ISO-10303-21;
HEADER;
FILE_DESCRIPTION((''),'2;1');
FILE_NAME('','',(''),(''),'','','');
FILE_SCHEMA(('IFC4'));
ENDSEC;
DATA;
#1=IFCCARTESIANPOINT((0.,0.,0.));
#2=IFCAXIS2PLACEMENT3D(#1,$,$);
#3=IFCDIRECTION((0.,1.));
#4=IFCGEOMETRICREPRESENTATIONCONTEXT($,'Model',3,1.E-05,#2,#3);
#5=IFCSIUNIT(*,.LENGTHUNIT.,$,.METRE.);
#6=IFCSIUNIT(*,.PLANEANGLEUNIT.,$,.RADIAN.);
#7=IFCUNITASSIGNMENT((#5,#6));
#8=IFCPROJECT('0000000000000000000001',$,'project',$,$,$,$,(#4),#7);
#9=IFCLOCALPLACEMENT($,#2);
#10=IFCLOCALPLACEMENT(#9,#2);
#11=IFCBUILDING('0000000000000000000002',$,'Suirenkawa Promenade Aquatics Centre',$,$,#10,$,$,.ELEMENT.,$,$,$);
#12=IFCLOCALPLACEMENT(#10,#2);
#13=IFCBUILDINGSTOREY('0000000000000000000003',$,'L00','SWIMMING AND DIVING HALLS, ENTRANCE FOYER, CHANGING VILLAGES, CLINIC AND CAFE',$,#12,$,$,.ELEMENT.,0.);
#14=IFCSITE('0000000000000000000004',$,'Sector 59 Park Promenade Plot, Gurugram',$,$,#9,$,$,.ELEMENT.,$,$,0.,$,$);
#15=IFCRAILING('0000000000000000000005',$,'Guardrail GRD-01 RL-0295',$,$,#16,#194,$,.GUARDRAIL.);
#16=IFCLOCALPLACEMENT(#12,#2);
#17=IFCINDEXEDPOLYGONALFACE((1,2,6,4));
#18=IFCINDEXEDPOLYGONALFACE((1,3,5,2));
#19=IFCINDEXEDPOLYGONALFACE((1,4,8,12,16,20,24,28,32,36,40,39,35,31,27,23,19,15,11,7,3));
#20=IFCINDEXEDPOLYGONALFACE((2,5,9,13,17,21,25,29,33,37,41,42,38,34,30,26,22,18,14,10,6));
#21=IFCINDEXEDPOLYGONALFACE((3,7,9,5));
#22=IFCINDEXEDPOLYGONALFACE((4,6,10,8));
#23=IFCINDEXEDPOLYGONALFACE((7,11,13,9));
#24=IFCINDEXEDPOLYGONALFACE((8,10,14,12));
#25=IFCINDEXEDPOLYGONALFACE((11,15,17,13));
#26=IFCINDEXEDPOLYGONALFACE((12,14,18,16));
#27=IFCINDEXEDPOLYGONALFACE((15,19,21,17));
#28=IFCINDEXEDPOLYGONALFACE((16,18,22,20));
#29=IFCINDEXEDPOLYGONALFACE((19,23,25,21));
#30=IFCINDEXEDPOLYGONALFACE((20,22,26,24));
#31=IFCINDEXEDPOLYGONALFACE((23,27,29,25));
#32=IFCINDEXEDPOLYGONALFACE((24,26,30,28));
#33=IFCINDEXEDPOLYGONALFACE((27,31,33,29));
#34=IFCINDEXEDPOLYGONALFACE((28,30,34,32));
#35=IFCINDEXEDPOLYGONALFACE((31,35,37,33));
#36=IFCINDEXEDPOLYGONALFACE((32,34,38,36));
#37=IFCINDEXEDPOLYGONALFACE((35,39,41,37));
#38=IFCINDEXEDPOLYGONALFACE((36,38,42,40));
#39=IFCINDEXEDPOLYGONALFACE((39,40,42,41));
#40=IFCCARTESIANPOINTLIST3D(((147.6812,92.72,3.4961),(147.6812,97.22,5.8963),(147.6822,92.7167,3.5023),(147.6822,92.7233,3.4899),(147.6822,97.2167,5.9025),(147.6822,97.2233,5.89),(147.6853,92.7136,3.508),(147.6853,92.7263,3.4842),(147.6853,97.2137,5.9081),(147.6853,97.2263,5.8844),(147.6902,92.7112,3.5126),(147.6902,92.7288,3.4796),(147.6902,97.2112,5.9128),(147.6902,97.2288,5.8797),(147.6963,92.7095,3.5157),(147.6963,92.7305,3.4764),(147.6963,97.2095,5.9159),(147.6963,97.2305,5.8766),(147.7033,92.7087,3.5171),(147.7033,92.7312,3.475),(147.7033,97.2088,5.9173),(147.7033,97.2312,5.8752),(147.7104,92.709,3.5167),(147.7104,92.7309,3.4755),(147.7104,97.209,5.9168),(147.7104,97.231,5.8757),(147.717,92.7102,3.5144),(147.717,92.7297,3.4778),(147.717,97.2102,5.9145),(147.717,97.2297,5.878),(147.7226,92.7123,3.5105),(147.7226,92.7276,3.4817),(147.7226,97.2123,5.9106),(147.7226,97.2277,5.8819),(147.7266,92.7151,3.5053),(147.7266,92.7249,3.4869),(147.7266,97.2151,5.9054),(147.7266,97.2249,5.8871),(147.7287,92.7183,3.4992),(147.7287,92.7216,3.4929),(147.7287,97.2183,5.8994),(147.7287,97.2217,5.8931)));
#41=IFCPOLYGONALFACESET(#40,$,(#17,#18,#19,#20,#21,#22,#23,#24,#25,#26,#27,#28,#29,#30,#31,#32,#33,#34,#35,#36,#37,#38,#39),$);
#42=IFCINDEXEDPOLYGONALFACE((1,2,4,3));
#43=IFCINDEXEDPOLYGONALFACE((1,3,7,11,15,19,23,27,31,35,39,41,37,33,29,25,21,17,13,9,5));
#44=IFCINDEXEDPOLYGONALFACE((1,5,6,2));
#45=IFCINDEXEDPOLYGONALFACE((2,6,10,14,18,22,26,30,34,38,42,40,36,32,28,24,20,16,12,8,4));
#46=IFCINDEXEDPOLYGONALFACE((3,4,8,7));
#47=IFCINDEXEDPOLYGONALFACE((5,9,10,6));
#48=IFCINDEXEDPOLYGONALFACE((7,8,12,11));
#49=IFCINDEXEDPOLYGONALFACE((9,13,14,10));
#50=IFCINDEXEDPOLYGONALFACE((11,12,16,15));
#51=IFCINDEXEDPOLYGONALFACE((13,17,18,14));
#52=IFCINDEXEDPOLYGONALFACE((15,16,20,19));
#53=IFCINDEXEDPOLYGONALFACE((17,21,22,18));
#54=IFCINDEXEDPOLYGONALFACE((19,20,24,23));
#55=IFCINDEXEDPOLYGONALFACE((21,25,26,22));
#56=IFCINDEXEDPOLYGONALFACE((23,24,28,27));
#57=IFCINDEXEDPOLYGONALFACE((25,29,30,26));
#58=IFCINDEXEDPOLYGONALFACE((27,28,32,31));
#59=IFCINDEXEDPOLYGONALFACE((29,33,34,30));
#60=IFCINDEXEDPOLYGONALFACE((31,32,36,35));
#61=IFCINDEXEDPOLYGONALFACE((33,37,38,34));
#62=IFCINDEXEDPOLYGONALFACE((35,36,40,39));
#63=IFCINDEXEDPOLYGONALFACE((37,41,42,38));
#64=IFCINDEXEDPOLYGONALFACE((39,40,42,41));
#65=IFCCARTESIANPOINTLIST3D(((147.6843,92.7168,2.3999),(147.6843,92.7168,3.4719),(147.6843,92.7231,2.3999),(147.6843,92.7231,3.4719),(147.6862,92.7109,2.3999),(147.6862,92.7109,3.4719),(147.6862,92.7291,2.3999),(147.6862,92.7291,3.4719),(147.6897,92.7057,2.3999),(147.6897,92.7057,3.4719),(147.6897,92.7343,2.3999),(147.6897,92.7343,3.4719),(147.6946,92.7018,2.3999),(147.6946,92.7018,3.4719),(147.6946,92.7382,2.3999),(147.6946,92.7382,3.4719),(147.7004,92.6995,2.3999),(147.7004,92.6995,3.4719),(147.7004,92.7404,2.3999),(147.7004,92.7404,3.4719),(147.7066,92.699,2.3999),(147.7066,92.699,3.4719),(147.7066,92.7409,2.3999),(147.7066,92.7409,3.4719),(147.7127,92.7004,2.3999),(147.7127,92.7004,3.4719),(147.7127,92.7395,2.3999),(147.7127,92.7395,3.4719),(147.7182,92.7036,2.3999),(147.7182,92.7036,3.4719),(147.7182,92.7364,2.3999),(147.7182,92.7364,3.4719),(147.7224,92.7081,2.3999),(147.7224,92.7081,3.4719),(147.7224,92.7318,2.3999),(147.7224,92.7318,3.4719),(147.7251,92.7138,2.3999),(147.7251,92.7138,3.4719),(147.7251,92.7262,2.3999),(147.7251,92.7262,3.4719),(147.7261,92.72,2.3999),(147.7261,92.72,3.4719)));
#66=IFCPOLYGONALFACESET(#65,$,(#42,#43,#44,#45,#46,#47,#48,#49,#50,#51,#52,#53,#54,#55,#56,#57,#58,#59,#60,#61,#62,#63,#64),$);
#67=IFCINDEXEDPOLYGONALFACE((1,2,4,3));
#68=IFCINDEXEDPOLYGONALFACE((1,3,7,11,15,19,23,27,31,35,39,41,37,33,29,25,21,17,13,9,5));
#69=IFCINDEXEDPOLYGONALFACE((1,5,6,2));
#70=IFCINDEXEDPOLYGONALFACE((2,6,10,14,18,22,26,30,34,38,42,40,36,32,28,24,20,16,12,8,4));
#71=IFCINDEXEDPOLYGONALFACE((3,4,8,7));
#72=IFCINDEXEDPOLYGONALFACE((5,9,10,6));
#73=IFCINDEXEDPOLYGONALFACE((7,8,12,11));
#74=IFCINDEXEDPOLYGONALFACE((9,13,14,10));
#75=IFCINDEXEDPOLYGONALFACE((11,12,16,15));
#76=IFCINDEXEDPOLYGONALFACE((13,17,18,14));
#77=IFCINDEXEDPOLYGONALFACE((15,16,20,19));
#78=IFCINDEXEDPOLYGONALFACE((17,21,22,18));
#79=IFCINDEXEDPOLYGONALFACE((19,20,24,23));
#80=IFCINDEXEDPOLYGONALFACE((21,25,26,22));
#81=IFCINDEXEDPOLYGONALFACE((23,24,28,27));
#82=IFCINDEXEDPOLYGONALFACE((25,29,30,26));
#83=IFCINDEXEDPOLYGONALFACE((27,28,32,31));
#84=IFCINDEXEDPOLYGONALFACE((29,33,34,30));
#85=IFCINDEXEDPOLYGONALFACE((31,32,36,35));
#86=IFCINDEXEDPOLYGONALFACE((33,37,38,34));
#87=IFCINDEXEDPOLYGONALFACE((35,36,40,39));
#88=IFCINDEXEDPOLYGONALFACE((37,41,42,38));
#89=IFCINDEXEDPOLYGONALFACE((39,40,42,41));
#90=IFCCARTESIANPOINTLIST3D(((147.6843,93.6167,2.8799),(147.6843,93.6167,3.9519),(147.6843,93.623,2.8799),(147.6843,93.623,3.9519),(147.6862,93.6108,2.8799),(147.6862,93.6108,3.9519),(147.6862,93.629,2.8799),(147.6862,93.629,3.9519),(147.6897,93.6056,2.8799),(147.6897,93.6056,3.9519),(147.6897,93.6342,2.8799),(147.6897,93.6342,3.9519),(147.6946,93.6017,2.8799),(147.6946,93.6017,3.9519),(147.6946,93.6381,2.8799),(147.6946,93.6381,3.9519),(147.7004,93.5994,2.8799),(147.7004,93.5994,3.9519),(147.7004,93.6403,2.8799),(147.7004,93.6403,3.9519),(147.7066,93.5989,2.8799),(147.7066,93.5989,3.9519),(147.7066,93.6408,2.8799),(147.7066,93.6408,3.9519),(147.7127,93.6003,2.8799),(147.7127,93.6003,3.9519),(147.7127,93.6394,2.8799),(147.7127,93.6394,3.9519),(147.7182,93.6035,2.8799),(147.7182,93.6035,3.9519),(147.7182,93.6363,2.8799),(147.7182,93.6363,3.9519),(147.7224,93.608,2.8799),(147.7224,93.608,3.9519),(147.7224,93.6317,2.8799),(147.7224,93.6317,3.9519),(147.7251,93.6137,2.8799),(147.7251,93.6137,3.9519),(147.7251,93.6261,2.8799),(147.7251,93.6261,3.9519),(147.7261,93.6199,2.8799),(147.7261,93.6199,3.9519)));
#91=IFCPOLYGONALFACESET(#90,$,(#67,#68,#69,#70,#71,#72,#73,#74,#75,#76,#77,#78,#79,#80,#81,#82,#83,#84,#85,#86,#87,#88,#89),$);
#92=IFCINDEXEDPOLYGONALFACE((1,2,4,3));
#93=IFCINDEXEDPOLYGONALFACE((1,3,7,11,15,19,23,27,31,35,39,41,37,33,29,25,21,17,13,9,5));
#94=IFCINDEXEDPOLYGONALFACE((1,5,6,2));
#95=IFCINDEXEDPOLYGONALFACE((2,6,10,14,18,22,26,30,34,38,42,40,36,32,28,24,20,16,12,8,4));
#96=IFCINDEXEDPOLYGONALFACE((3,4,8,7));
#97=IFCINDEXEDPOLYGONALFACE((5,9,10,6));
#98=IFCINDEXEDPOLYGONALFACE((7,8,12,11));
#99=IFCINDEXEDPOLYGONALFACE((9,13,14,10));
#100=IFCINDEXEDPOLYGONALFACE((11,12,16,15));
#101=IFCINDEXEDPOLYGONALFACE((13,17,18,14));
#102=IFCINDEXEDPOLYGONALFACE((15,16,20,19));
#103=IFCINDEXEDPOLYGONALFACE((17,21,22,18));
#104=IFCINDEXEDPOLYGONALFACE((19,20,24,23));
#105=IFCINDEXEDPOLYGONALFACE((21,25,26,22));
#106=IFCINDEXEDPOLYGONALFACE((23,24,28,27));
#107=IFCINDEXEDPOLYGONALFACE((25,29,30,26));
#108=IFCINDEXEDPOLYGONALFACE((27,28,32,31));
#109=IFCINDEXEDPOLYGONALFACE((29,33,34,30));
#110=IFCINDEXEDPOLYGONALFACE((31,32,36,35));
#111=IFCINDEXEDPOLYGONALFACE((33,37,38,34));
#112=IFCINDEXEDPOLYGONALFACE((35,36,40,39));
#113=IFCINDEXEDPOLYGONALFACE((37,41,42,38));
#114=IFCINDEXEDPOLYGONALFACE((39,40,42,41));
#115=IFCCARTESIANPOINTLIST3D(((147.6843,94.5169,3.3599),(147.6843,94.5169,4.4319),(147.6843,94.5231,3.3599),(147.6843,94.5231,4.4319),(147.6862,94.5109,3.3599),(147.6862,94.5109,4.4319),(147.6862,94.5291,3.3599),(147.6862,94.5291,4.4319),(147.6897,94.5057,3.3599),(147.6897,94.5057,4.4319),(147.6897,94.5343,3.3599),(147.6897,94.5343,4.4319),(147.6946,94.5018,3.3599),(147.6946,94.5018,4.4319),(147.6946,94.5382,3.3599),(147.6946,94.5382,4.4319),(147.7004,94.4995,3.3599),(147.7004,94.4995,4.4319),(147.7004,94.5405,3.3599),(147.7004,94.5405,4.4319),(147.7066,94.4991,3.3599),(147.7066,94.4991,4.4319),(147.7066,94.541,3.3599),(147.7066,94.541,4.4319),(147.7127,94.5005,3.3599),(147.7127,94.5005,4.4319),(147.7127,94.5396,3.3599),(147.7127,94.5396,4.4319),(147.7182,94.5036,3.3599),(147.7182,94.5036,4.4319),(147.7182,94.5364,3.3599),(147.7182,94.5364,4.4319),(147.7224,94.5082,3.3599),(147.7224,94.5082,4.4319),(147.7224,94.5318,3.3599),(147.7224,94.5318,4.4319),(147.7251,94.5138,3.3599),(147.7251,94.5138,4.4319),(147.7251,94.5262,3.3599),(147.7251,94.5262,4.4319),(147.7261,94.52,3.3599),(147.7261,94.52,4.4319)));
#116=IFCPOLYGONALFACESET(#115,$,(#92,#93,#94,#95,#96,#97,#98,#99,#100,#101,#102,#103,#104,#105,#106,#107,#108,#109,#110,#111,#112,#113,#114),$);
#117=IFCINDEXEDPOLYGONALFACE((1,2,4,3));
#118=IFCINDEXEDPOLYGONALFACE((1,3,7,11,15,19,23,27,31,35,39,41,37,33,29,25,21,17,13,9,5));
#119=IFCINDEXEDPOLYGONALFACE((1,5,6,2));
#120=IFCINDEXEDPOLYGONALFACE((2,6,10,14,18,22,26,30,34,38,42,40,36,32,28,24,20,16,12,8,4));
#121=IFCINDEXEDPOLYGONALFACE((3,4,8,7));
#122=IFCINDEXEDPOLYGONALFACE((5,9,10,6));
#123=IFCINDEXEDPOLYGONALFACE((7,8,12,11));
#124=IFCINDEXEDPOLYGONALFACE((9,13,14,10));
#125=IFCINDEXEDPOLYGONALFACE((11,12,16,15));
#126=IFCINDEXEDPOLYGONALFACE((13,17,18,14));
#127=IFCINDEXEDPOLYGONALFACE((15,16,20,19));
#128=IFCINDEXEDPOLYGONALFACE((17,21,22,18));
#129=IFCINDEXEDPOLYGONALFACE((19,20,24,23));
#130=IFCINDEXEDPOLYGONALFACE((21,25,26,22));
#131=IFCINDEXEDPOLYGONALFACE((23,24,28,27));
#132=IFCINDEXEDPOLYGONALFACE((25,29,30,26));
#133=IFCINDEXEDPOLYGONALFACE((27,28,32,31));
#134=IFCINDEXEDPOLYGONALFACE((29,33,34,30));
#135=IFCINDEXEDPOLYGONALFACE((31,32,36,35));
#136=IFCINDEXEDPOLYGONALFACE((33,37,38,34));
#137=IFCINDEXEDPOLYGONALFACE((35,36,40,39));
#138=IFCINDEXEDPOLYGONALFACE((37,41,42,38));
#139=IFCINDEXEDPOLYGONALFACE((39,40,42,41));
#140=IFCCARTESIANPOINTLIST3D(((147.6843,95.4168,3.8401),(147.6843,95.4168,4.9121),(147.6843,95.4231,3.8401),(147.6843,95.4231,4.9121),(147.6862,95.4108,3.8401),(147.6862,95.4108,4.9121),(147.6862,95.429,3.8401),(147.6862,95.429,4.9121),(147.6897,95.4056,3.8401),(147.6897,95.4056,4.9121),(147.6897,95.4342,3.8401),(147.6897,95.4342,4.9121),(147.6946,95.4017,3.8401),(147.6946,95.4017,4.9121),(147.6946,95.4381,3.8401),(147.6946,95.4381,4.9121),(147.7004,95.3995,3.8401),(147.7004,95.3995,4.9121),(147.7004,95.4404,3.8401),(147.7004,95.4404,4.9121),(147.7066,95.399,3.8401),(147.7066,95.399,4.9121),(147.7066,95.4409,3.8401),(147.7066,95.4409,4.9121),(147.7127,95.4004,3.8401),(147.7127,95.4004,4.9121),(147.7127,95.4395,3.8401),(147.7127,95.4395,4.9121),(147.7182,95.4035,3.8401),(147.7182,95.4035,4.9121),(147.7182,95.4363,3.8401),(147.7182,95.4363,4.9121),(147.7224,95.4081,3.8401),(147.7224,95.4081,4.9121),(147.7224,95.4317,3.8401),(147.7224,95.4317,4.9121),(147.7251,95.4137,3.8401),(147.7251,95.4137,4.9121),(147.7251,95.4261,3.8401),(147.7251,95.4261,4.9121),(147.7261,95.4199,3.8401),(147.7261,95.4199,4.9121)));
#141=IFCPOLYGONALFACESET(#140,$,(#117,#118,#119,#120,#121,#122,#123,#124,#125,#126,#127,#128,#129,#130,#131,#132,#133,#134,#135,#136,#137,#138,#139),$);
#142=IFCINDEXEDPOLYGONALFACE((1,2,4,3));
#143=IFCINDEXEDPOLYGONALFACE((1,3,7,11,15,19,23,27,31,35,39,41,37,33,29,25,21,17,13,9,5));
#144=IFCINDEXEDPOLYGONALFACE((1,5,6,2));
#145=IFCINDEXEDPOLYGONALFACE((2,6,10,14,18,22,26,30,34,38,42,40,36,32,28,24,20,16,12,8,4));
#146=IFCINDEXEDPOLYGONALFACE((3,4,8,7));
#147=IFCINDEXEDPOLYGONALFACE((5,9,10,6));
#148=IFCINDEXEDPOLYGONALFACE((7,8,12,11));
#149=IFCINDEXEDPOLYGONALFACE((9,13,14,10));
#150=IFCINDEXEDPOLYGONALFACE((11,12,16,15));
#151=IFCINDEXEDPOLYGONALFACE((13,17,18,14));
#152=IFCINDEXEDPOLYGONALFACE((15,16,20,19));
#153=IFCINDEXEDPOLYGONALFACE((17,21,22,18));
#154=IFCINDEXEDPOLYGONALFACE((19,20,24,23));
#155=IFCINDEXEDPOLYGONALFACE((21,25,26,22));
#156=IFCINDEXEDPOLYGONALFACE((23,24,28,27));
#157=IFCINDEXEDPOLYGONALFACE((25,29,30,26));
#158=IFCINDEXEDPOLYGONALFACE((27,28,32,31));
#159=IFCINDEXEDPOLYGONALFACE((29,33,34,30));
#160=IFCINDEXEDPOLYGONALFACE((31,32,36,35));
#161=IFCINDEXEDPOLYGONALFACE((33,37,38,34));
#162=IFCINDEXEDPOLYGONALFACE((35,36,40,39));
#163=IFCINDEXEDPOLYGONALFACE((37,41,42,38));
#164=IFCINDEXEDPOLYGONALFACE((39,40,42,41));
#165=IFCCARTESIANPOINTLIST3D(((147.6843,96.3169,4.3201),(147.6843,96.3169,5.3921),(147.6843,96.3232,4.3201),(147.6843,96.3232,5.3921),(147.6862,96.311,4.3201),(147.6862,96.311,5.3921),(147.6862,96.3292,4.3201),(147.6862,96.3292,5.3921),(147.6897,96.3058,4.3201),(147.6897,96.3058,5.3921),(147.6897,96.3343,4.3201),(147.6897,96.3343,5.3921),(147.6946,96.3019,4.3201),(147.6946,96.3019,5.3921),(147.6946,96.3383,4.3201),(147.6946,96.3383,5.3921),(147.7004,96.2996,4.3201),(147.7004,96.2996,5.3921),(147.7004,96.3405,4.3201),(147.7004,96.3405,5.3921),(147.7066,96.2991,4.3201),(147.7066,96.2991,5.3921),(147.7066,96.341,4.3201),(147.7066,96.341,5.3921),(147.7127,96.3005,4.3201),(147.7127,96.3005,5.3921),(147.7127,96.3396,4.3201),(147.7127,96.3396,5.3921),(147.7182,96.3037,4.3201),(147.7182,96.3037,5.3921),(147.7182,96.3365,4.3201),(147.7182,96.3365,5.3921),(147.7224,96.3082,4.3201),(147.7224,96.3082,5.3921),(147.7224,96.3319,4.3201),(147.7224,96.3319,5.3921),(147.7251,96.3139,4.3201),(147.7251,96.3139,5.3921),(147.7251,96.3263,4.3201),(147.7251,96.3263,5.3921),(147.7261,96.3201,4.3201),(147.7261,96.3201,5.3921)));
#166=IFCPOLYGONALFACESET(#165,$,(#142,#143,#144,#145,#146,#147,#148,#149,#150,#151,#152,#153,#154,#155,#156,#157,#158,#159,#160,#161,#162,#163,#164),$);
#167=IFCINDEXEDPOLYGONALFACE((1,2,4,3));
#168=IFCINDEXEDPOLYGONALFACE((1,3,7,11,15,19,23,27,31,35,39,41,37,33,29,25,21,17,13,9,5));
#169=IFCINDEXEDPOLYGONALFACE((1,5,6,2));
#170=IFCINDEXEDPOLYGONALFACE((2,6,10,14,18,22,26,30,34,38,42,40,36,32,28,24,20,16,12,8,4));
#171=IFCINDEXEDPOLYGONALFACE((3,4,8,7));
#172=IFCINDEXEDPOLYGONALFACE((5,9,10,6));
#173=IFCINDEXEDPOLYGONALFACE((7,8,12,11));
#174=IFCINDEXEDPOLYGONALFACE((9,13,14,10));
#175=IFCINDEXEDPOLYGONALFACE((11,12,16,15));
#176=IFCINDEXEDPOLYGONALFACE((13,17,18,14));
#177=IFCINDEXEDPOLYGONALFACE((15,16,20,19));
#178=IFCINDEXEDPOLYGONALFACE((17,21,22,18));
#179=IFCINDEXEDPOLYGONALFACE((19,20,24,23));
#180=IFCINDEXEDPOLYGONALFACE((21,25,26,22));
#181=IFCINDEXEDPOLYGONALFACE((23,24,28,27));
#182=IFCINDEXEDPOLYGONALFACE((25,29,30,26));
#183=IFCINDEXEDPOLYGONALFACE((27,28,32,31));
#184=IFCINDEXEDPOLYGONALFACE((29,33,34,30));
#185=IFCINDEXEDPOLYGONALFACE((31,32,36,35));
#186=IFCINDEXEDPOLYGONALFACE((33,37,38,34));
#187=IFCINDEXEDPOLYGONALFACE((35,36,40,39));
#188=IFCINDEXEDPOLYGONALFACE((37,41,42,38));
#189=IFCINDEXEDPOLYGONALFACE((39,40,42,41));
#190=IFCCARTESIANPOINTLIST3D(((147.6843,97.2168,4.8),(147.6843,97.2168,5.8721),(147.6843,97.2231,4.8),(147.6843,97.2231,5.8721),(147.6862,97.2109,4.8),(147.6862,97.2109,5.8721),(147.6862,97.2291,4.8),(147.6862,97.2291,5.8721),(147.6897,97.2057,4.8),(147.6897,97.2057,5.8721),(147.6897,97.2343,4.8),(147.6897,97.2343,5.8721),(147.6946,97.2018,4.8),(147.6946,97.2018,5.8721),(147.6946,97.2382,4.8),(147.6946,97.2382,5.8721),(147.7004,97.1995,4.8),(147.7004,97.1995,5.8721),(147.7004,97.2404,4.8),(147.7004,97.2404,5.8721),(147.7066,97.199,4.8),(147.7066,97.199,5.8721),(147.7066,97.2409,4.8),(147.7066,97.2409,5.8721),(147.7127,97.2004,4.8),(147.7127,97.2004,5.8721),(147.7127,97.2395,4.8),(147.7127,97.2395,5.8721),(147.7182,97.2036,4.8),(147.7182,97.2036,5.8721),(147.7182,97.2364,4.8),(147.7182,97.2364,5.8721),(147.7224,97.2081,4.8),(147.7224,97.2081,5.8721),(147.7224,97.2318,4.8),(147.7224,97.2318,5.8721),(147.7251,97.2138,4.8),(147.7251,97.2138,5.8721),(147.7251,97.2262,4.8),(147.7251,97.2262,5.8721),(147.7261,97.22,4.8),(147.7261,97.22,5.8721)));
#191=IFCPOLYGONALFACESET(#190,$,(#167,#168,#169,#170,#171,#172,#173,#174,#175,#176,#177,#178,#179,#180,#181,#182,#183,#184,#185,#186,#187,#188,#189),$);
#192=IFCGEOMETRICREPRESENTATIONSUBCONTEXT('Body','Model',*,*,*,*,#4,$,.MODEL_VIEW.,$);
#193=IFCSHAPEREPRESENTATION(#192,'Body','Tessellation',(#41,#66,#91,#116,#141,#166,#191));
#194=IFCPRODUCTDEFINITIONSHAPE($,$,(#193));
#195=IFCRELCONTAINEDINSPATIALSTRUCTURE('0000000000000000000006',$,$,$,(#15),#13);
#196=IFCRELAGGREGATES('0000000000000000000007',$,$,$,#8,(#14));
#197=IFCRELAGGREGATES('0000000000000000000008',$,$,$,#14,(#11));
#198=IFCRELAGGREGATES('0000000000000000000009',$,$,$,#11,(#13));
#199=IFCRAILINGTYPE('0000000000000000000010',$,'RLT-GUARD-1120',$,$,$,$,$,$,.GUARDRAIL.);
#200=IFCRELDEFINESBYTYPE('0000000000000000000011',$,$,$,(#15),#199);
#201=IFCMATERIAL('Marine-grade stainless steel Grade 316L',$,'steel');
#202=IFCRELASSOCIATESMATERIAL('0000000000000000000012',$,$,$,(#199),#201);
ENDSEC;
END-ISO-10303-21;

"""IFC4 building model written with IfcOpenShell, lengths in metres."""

from ifc_helpers import new_model, si_unit, direction, frame, origin, origin_2d, place, context, subcontext, project, spatial, circle, extrude, material, type_object, element, save


model = new_model("IFC4")

# Units and contexts
model_context = context("Model", 3, precision=1e-05, world=origin(), true_north=direction((0.0, 1.0)))
body_context = subcontext(model_context, "Body", "Model", "MODEL_VIEW")
ifc_project = project(units=[si_unit("LENGTHUNIT", "METRE"), si_unit("PLANEANGLEUNIT", "RADIAN")], contexts=[model_context])

# Site, building, storey
site_placement = place(None, origin())
site = spatial("IfcSite", under=ifc_project, at=site_placement, Name="Sector 59 Park Promenade Plot, Gurugram", CompositionType="ELEMENT", RefElevation=0.0)
building_placement = place(site_placement, origin())
building = spatial("IfcBuilding", under=site, at=building_placement, Name="Suirenkawa Promenade Aquatics Centre", CompositionType="ELEMENT")
storey_placement = place(building_placement, origin())
storey = spatial("IfcBuildingStorey", under=building, at=storey_placement, Name="L00", Description="SWIMMING AND DIVING HALLS, ENTRANCE FOYER, CHANGING VILLAGES, CLINIC AND CAFE", CompositionType="ELEMENT", Elevation=0.0)

# Railing
ifc_material_1 = material(Name="Marine-grade stainless steel Grade 316L", Category="steel")
railing_type_1 = type_object("IfcRailingType", Name="RLT-GUARD-1120", PredefinedType="GUARDRAIL", material=ifc_material_1)
for number, where, name in (
    (1, (147.7051, 92.72, 2.3999), "Guardrail GRD-01 RL-0295"),
):
    element("IfcRailing", number, at=place(storey_placement, frame(where)), inside=storey, type_object=railing_type_1, Name=name, PredefinedType="GUARDRAIL", context=body_context, shape_type="SweptSolid", body=[
        extrude(circle(Radius=0.0239, at=origin_2d()), frame((0.0, 0.0, 1.0962), z_axis=(0.0, 0.882341, 0.470611), x_axis=(-1.0, 0.0, 0.0)), (0.0, 0.0, 1.0), 5.1001),
        extrude(circle(Radius=0.021, at=origin_2d()), origin(), (0.0, 0.0, 1.0), 1.072),
        extrude(circle(Radius=0.021, at=origin_2d()), frame((0.0, 0.8999, 0.48)), (0.0, 0.0, 1.0), 1.072),
        extrude(circle(Radius=0.021, at=origin_2d()), frame((0.0, 1.8, 0.96)), (0.0, 0.0, 1.0), 1.072),
        extrude(circle(Radius=0.021, at=origin_2d()), frame((0.0, 2.7, 1.4402)), (0.0, 0.0, 1.0), 1.072),
        extrude(circle(Radius=0.021, at=origin_2d()), frame((0.0, 3.6001, 1.9202)), (0.0, 0.0, 1.0), 1.072),
        extrude(circle(Radius=0.021, at=origin_2d()), frame((0.0, 4.5, 2.4001)), (0.0, 0.0, 1.0), 1.072),
    ])

save(model, "model.ifc")
